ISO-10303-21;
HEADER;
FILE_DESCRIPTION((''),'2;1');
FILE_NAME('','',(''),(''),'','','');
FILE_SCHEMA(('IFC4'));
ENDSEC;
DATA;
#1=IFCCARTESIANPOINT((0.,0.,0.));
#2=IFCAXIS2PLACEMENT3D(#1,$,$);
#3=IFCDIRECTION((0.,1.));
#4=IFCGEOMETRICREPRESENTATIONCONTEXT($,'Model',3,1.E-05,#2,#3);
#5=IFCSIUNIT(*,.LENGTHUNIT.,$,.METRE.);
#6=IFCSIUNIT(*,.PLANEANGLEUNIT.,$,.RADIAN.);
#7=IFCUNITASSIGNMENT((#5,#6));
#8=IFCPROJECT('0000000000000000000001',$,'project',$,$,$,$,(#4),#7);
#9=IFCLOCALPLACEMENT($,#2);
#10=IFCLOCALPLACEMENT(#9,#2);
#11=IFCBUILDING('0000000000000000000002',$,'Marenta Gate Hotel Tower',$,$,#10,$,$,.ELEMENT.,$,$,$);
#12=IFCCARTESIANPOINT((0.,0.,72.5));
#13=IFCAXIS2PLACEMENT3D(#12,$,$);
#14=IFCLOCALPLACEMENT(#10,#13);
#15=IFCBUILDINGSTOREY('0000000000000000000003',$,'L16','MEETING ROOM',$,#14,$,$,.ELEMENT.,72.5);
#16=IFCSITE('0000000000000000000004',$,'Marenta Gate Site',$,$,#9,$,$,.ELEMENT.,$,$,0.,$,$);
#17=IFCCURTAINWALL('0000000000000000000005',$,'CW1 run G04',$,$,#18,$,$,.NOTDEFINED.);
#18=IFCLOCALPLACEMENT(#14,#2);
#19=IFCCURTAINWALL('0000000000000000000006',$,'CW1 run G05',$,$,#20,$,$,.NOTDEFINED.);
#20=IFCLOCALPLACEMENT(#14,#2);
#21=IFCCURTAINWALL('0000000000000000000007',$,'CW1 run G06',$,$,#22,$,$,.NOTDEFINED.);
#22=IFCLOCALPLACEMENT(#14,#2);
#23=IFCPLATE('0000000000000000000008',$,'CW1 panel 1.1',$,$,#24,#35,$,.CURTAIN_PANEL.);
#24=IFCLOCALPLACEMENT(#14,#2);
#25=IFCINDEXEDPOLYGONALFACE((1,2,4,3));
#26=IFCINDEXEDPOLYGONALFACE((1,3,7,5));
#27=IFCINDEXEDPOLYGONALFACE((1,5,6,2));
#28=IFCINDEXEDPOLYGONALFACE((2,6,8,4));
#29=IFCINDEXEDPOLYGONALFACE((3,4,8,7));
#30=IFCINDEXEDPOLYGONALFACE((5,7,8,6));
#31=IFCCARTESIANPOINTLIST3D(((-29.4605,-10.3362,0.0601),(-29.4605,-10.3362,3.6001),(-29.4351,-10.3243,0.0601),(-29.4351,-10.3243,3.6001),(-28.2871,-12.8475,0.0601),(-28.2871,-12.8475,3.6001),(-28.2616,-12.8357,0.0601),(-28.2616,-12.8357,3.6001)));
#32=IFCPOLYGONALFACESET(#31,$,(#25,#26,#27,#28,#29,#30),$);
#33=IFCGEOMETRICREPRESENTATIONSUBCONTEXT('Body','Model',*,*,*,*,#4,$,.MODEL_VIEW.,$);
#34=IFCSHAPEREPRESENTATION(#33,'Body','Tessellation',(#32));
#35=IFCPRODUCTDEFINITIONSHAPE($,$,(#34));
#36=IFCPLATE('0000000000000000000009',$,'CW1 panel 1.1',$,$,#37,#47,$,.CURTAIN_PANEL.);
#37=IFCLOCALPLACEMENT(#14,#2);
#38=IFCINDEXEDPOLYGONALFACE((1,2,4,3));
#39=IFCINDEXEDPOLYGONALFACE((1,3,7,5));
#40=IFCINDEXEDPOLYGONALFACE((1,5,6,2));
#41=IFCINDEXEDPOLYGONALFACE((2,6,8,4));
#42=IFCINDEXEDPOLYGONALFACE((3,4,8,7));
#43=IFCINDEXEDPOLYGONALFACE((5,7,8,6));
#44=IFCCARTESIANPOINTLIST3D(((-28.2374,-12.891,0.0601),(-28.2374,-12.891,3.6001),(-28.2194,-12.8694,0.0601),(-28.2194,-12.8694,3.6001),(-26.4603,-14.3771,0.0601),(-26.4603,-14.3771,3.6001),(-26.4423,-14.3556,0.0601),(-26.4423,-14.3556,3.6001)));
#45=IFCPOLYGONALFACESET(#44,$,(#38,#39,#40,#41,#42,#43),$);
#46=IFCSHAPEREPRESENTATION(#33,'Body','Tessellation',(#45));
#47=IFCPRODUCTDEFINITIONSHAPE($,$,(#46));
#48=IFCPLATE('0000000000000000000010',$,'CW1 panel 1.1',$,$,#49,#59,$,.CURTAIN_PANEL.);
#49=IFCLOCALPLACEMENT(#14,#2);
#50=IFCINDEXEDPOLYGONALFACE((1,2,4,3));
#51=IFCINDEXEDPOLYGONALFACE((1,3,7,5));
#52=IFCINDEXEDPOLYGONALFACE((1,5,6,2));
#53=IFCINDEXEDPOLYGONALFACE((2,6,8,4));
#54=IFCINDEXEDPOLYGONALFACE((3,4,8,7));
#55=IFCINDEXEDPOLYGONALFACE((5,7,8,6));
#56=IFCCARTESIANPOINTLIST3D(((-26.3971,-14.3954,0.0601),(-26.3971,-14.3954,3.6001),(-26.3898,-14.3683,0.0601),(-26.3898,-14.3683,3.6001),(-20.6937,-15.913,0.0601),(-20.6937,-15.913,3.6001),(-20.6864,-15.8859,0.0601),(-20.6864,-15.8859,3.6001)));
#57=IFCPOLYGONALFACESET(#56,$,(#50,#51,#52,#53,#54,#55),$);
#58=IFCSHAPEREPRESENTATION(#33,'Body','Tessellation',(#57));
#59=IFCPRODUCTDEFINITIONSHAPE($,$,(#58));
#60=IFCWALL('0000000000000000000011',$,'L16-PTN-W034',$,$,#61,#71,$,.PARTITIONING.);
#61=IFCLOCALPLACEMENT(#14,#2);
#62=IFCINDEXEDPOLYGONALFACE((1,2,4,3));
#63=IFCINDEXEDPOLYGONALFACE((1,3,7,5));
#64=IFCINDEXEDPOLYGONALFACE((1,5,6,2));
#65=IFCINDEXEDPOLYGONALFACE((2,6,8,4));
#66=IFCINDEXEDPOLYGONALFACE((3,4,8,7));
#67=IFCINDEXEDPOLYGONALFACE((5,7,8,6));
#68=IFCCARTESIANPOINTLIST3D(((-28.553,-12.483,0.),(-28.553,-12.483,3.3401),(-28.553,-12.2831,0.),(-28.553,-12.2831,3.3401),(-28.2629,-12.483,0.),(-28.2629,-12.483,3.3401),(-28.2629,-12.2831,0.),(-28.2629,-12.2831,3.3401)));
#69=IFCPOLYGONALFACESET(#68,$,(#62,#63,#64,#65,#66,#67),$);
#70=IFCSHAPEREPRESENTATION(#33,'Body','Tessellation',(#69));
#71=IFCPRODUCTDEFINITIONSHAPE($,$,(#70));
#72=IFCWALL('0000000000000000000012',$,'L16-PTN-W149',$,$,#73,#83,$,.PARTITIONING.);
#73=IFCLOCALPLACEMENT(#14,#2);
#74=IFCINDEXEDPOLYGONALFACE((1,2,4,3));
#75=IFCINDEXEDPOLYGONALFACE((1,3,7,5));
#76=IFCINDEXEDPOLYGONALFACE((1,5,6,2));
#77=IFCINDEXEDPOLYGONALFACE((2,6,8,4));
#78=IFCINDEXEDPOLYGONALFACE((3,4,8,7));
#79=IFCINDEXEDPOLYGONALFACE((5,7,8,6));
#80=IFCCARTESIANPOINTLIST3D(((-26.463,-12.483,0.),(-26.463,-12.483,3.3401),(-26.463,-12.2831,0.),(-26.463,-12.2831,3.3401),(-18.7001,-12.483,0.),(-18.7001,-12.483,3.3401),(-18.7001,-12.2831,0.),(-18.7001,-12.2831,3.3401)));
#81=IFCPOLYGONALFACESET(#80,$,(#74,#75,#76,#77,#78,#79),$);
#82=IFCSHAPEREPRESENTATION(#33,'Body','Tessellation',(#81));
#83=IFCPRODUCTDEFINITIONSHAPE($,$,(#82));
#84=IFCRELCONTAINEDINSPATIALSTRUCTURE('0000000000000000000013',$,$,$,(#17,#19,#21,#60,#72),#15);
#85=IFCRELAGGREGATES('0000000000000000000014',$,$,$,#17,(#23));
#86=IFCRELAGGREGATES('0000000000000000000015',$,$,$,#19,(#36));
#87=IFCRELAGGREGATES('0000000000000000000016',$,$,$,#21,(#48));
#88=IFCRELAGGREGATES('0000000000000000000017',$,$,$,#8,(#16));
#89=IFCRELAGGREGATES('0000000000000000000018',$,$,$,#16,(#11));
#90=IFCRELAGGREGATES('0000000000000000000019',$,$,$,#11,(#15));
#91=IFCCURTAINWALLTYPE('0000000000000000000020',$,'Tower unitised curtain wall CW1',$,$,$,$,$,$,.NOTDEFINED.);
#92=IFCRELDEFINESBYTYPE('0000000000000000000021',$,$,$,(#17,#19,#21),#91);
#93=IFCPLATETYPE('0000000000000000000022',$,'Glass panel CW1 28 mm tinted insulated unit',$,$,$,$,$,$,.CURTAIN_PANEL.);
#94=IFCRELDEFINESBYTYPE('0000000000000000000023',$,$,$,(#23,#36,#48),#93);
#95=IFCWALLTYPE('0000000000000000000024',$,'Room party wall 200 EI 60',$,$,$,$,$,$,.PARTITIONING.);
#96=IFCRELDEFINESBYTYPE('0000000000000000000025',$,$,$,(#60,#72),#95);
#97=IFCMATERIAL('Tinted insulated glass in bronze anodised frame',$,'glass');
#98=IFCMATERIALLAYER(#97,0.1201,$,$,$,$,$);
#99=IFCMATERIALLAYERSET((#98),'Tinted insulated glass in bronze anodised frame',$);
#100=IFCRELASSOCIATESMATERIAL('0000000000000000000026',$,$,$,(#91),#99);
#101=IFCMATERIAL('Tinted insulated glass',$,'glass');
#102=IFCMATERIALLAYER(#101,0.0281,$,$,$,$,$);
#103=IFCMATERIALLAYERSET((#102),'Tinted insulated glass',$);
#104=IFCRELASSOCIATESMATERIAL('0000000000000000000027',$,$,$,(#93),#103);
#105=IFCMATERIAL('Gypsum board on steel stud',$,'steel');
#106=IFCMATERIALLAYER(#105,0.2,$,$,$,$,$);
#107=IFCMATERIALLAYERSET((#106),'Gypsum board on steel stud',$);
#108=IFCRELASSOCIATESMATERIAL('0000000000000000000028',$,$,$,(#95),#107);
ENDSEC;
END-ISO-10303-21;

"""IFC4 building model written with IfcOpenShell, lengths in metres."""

from ifc_helpers import new_model, si_unit, direction, frame, frame_2d, origin, origin_2d, place, context, subcontext, project, spatial, rectangle, extrude, material, layer, layer_set, type_object, element, aggregate, save


model = new_model("IFC4")

# Units and contexts
model_context = context("Model", 3, precision=1e-05, world=origin(), true_north=direction((0.0, 1.0)))
body_context = subcontext(model_context, "Body", "Model", "MODEL_VIEW")
ifc_project = project(units=[si_unit("LENGTHUNIT", "METRE"), si_unit("PLANEANGLEUNIT", "RADIAN")], contexts=[model_context])

# Site, building, storey
site_placement = place(None, origin())
site = spatial("IfcSite", under=ifc_project, at=site_placement, Name="Marenta Gate Site", CompositionType="ELEMENT", RefElevation=0.0)
building_placement = place(site_placement, origin())
building = spatial("IfcBuilding", under=site, at=building_placement, Name="Marenta Gate Hotel Tower", CompositionType="ELEMENT")
storey_placement = place(building_placement, frame((0.0, 0.0, 72.5)))
storey = spatial("IfcBuildingStorey", under=building, at=storey_placement, Name="L16", Description="MEETING ROOM", CompositionType="ELEMENT", Elevation=72.5)

# Curtain walls
ifc_material_1 = material(Name="Tinted insulated glass in bronze anodised frame", Category="glass")
ifc_layer_1 = layer(ifc_material_1, 0.1201)
ifc_layer_set_1 = layer_set([ifc_layer_1], Name="Tinted insulated glass in bronze anodised frame")
curtain_wall_type = type_object("IfcCurtainWallType", Name="Tower unitised curtain wall CW1", PredefinedType="NOTDEFINED", material=ifc_layer_set_1)
curtain_wall_1_placement = place(storey_placement, origin())
curtain_wall_1 = element("IfcCurtainWall", 1, at=curtain_wall_1_placement, inside=storey, type_object=curtain_wall_type, Name="CW1 run G04", PredefinedType="NOTDEFINED")
curtain_wall_2_placement = place(storey_placement, origin())
curtain_wall_2 = element("IfcCurtainWall", 2, at=curtain_wall_2_placement, inside=storey, type_object=curtain_wall_type, Name="CW1 run G05", PredefinedType="NOTDEFINED")
curtain_wall_3_placement = place(storey_placement, origin())
curtain_wall_3 = element("IfcCurtainWall", 3, at=curtain_wall_3_placement, inside=storey, type_object=curtain_wall_type, Name="CW1 run G06", PredefinedType="NOTDEFINED")

# Plates
ifc_material_2 = material(Name="Tinted insulated glass", Category="glass")
ifc_layer_2 = layer(ifc_material_2, 0.0281)
ifc_layer_set_2 = layer_set([ifc_layer_2], Name="Tinted insulated glass")
plate_type = type_object("IfcPlateType", Name="Glass panel CW1 28 mm tinted insulated unit", PredefinedType="CURTAIN_PANEL", material=ifc_layer_set_2)
plate_1_placement = place(storey_placement, frame((-28.8611, -11.5859, 0.0601), z_axis=(0.0, 0.0, 1.0), x_axis=(0.423342, -0.90597, 0.0)))
plate_1 = element("IfcPlate", 4, at=plate_1_placement, type_object=plate_type, Name="CW1 panel 1.1", PredefinedType="CURTAIN_PANEL", context=body_context, shape_type="SweptSolid", body=[
    extrude(rectangle(XDim=2.772, YDim=0.0281, at=origin_2d()), origin(), (0.0, 0.0, 1.0), 3.54),
])
aggregate(curtain_wall_1, [plate_1])
plate_2_placement = place(storey_placement, frame((-27.3398, -13.6233, 0.0601), z_axis=(0.0, 0.0, 1.0), x_axis=(0.767113, -0.641512, 0.0)))
plate_2 = element("IfcPlate", 5, at=plate_2_placement, type_object=plate_type, Name="CW1 panel 1.1", PredefinedType="CURTAIN_PANEL", context=body_context, shape_type="SweptSolid", body=[
    extrude(rectangle(XDim=2.3167, YDim=0.0281, at=origin_2d()), origin(), (0.0, 0.0, 1.0), 3.54),
])
aggregate(curtain_wall_2, [plate_2])
plate_3_placement = place(storey_placement, frame((-23.5417, -15.1406, 0.0601), z_axis=(0.0, 0.0, 1.0), x_axis=(0.966374, -0.257142, 0.0)))
plate_3 = element("IfcPlate", 6, at=plate_3_placement, type_object=plate_type, Name="CW1 panel 1.1", PredefinedType="CURTAIN_PANEL", context=body_context, shape_type="SweptSolid", body=[
    extrude(rectangle(XDim=5.9019, YDim=0.0281, at=origin_2d()), origin(), (0.0, 0.0, 1.0), 3.54),
])
aggregate(curtain_wall_3, [plate_3])

# Walls
ifc_material_3 = material(Name="Gypsum board on steel stud", Category="steel")
ifc_layer_3 = layer(ifc_material_3, 0.2)
ifc_layer_set_3 = layer_set([ifc_layer_3], Name="Gypsum board on steel stud")
wall_type = type_object("IfcWallType", Name="Room party wall 200 EI 60", PredefinedType="PARTITIONING", material=ifc_layer_set_3)
wall_1_placement = place(storey_placement, frame((-28.553, -12.3831, 0.0), z_axis=(0.0, 0.0, 1.0), x_axis=(1.0, 0.0, 0.0)))
element("IfcWall", 7, at=wall_1_placement, inside=storey, type_object=wall_type, Name="L16-PTN-W034", PredefinedType="PARTITIONING", context=body_context, shape_type="SweptSolid", body=[
    extrude(rectangle(XDim=0.29, YDim=0.2, at=frame_2d((0.145, 0.0))), origin(), (0.0, 0.0, 1.0), 3.3401),
])
wall_2_placement = place(storey_placement, frame((-26.4629, -12.3831, 0.0), z_axis=(0.0, 0.0, 1.0), x_axis=(1.0, 0.0, 0.0)))
element("IfcWall", 8, at=wall_2_placement, inside=storey, type_object=wall_type, Name="L16-PTN-W149", PredefinedType="PARTITIONING", context=body_context, shape_type="SweptSolid", body=[
    extrude(rectangle(XDim=7.7629, YDim=0.2, at=frame_2d((3.8813, 0.0))), origin(), (0.0, 0.0, 1.0), 3.3401),
])

save(model, "model.ifc")
